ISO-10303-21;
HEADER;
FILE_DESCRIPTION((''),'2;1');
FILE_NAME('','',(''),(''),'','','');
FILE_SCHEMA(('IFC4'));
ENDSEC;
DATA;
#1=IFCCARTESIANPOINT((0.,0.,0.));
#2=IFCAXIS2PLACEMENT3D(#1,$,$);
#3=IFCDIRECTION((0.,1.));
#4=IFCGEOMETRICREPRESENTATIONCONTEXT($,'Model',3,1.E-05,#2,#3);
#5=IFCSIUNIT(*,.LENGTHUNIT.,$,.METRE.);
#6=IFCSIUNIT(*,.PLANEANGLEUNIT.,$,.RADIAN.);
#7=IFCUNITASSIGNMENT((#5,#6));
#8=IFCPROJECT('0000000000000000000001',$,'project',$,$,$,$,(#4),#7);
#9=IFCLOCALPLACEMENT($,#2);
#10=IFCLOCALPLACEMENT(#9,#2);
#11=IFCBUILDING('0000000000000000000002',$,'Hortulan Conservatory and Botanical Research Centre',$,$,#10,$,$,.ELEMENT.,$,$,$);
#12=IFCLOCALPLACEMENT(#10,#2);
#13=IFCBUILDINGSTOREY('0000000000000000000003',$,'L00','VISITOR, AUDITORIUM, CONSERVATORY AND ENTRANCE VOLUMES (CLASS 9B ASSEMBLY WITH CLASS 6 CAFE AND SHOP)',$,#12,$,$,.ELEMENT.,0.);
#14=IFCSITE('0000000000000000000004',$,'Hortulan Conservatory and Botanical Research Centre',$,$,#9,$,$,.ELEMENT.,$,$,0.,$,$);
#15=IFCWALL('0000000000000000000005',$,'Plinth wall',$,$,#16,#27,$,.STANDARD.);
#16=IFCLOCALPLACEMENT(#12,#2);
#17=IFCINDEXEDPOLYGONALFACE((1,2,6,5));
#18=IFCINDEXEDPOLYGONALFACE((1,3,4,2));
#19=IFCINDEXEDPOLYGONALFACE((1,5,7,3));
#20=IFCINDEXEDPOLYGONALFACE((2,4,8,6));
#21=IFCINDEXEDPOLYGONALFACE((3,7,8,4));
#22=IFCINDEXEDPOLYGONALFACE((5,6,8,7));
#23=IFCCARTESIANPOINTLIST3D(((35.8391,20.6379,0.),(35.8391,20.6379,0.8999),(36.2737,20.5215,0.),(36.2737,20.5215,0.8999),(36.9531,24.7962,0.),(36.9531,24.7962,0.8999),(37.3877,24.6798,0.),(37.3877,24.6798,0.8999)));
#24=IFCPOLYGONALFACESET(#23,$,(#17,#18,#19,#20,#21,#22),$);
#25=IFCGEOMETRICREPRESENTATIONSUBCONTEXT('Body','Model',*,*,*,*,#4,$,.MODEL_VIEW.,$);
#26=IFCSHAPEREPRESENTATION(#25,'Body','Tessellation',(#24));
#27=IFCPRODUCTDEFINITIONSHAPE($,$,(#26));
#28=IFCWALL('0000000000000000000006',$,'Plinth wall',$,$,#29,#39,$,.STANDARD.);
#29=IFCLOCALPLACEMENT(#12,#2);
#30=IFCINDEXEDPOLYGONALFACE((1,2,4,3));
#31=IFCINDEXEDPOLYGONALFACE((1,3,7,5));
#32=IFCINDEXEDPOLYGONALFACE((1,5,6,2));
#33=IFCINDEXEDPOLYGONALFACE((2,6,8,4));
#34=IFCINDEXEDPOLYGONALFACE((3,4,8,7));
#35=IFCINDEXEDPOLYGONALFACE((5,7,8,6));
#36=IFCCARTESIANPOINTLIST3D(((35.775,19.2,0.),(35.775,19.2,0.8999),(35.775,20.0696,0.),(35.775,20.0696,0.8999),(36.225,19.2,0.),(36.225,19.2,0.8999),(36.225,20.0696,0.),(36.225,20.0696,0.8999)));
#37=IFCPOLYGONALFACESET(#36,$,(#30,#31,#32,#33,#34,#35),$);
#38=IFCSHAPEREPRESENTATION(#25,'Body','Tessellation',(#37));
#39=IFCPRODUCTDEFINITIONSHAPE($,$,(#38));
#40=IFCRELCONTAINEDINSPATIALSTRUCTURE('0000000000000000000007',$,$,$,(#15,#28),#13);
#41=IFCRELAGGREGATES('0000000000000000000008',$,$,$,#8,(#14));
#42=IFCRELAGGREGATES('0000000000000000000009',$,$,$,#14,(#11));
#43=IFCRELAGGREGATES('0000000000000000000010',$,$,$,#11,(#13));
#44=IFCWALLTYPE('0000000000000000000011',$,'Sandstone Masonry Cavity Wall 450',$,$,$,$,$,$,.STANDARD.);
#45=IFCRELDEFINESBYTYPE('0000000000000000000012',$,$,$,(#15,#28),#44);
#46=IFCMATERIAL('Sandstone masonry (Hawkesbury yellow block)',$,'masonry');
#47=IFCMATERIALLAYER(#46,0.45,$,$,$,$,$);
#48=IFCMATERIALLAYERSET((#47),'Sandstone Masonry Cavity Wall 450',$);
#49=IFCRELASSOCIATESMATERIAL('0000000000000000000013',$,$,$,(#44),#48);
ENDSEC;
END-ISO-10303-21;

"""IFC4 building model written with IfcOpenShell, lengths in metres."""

from ifc_helpers import new_model, si_unit, direction, frame, frame_2d, origin, place, context, subcontext, project, spatial, rectangle, extrude, material, layer, layer_set, type_object, element, save


model = new_model("IFC4")

# Units and contexts
model_context = context("Model", 3, precision=1e-05, world=origin(), true_north=direction((0.0, 1.0)))
body_context = subcontext(model_context, "Body", "Model", "MODEL_VIEW")
ifc_project = project(units=[si_unit("LENGTHUNIT", "METRE"), si_unit("PLANEANGLEUNIT", "RADIAN")], contexts=[model_context])

# Site, building, storey
site_placement = place(None, origin())
site = spatial("IfcSite", under=ifc_project, at=site_placement, Name="Hortulan Conservatory and Botanical Research Centre", CompositionType="ELEMENT", RefElevation=0.0)
building_placement = place(site_placement, origin())
building = spatial("IfcBuilding", under=site, at=building_placement, Name="Hortulan Conservatory and Botanical Research Centre", CompositionType="ELEMENT")
storey_placement = place(building_placement, origin())
storey = spatial("IfcBuildingStorey", under=building, at=storey_placement, Name="L00", Description="VISITOR, AUDITORIUM, CONSERVATORY AND ENTRANCE VOLUMES (CLASS 9B ASSEMBLY WITH CLASS 6 CAFE AND SHOP)", CompositionType="ELEMENT", Elevation=0.0)

# Walls
ifc_material_1 = material(Name="Sandstone masonry (Hawkesbury yellow block)", Category="masonry")
ifc_layer_1 = layer(ifc_material_1, 0.45)
ifc_layer_set_1 = layer_set([ifc_layer_1], Name="Sandstone Masonry Cavity Wall 450")
wall_type_1 = type_object("IfcWallType", Name="Sandstone Masonry Cavity Wall 450", PredefinedType="STANDARD", material=ifc_layer_set_1)
wall_1_placement = place(storey_placement, frame((36.0564, 20.5798, 0.0), z_axis=(0.0, 0.0, 1.0), x_axis=(0.258781, 0.965936, 0.0)))
element("IfcWall", 1, at=wall_1_placement, inside=storey, type_object=wall_type_1, Name="Plinth wall", PredefinedType="STANDARD", context=body_context, shape_type="SweptSolid", body=[
    extrude(rectangle(XDim=4.3049, YDim=0.45, at=frame_2d((2.1523, 0.0))), origin(), (0.0, 0.0, 1.0), 0.8999),
])
wall_2_placement = place(storey_placement, frame((36.0, 19.2, 0.0), z_axis=(0.0, 0.0, 1.0), x_axis=(0.0, 1.0, 0.0)))
element("IfcWall", 2, at=wall_2_placement, inside=storey, type_object=wall_type_1, Name="Plinth wall", PredefinedType="STANDARD", context=body_context, shape_type="SweptSolid", body=[
    extrude(rectangle(XDim=0.8696, YDim=0.45, at=frame_2d((0.4348, 0.0))), origin(), (0.0, 0.0, 1.0), 0.8999),
])

save(model, "model.ifc")
